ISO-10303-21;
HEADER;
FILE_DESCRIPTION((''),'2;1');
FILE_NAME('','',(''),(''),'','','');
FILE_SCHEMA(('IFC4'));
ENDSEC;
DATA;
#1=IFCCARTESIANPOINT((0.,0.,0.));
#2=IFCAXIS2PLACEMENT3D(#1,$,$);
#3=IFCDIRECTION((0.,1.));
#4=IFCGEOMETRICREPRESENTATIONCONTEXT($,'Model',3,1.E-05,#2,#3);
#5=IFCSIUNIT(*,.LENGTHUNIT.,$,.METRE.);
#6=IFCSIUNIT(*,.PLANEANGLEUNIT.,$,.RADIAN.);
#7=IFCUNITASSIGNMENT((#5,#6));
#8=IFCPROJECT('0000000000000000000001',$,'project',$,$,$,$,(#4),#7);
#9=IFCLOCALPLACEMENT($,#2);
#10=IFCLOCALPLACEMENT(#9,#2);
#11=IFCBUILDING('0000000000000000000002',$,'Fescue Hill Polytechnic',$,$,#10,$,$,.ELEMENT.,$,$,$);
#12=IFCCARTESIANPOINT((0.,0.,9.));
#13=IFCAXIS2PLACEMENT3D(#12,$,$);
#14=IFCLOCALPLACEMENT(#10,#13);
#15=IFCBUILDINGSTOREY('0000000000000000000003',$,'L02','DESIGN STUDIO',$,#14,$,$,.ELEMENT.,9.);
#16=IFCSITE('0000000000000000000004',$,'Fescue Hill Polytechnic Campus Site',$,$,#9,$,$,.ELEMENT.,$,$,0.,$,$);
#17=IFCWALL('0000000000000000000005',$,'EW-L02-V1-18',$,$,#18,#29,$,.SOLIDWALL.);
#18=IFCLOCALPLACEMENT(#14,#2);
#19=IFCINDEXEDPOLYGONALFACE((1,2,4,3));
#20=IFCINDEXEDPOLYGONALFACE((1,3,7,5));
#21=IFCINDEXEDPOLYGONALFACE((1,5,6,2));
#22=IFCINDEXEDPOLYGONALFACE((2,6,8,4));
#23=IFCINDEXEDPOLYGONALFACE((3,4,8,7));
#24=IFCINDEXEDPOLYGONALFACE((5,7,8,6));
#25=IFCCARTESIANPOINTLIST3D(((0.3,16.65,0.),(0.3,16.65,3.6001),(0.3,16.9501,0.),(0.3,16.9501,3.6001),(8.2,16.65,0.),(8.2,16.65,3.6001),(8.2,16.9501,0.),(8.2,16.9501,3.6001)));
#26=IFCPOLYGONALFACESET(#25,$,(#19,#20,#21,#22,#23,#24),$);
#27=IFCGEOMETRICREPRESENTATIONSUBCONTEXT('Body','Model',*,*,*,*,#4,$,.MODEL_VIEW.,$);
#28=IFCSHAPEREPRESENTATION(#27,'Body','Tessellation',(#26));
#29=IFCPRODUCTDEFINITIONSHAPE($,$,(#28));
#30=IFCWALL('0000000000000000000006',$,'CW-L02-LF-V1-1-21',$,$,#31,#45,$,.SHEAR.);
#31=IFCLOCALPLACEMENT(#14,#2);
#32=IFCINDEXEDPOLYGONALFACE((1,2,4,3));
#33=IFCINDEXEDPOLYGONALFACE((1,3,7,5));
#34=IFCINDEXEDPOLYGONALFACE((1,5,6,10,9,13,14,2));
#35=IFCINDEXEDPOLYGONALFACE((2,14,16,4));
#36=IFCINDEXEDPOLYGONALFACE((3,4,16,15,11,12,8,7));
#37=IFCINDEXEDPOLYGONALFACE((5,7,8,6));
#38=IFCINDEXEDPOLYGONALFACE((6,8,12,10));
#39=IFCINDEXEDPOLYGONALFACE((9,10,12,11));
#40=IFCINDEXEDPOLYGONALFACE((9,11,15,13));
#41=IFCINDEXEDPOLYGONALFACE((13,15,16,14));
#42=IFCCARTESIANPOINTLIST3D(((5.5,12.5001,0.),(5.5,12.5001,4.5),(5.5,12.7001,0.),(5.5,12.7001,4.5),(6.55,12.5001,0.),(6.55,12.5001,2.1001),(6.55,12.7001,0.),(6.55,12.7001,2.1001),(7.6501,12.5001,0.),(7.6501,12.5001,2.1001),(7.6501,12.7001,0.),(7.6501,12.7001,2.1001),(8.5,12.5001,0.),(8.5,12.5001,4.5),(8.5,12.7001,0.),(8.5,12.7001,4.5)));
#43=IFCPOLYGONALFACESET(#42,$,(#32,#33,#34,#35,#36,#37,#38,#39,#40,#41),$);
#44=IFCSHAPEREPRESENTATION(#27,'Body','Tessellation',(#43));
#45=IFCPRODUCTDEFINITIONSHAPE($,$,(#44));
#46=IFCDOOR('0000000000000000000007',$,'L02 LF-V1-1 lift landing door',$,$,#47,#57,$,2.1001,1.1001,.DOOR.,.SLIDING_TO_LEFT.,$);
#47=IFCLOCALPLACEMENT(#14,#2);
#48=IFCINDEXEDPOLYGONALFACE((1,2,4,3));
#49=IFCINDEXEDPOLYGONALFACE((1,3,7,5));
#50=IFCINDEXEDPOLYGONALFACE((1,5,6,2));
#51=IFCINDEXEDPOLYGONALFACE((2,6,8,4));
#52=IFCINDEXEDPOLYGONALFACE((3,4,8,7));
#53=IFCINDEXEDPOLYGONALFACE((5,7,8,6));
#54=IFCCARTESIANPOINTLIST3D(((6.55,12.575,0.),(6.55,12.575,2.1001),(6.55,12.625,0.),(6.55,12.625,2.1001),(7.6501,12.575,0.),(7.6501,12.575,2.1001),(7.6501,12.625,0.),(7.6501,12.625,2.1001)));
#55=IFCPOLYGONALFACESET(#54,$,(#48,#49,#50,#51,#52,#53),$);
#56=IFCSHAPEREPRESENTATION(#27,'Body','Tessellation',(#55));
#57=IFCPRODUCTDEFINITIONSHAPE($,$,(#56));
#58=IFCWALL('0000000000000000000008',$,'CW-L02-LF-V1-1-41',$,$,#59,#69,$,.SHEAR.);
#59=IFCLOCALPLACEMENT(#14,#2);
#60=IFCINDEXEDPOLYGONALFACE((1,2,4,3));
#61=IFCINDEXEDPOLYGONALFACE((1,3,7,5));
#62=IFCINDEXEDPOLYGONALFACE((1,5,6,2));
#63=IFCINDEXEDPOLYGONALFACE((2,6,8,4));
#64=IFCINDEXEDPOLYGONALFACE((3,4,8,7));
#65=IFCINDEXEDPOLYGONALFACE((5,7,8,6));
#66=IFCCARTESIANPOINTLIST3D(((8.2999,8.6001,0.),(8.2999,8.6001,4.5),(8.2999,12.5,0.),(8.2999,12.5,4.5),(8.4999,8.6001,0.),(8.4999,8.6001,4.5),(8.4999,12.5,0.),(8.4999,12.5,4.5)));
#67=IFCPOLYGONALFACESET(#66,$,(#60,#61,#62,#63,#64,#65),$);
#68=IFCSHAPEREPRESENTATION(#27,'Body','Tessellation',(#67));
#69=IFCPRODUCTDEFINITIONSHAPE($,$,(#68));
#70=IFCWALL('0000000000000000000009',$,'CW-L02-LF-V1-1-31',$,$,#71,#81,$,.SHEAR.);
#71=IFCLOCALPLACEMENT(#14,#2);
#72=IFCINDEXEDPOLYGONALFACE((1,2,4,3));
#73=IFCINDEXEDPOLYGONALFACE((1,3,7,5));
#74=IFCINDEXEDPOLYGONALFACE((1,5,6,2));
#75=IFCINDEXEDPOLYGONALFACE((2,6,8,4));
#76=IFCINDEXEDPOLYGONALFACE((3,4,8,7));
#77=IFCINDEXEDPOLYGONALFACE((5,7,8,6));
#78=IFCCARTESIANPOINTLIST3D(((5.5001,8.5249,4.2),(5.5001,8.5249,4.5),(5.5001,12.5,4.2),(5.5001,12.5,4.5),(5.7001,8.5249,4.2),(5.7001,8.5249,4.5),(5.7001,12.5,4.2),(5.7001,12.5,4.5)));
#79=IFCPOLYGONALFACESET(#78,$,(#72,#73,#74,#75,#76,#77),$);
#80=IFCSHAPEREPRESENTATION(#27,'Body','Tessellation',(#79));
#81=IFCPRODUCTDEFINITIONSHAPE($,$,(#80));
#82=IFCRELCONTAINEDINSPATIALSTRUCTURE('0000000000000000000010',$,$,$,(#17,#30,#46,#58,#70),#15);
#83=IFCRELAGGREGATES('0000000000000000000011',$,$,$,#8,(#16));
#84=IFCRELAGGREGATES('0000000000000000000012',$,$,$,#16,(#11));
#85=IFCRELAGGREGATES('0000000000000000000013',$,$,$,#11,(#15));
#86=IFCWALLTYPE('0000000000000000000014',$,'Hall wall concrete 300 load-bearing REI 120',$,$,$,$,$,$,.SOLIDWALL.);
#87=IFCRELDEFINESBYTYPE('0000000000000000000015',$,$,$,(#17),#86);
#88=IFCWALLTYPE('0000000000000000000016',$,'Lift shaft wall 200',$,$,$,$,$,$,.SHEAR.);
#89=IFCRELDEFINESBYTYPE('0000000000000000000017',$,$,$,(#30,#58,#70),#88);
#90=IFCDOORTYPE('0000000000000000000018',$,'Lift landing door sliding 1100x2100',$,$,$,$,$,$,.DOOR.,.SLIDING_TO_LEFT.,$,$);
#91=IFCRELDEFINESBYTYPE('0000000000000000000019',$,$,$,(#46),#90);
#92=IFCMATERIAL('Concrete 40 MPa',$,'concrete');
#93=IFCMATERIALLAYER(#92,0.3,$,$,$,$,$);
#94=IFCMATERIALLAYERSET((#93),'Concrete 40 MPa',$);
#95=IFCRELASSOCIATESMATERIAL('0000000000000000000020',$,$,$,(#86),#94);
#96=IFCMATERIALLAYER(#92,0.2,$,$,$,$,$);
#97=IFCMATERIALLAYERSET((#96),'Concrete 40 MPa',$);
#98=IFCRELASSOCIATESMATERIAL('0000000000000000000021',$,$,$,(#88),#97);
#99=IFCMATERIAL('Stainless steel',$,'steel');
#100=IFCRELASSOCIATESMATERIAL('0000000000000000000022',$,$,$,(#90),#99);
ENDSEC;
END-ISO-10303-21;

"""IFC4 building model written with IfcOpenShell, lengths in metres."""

from ifc_helpers import new_model, si_unit, direction, frame, frame_2d, origin, place, context, subcontext, project, spatial, rectangle, extrude, material, layer, layer_set, type_object, element, fill, save


model = new_model("IFC4")

# Units and contexts
model_context = context("Model", 3, precision=1e-05, world=origin(), true_north=direction((0.0, 1.0)))
body_context = subcontext(model_context, "Body", "Model", "MODEL_VIEW")
ifc_project = project(units=[si_unit("LENGTHUNIT", "METRE"), si_unit("PLANEANGLEUNIT", "RADIAN")], contexts=[model_context])

# Site, building, storey
site_placement = place(None, origin())
site = spatial("IfcSite", under=ifc_project, at=site_placement, Name="Fescue Hill Polytechnic Campus Site", CompositionType="ELEMENT", RefElevation=0.0)
building_placement = place(site_placement, origin())
building = spatial("IfcBuilding", under=site, at=building_placement, Name="Fescue Hill Polytechnic", CompositionType="ELEMENT")
storey_placement = place(building_placement, frame((0.0, 0.0, 9.0)))
storey = spatial("IfcBuildingStorey", under=building, at=storey_placement, Name="L02", Description="DESIGN STUDIO", CompositionType="ELEMENT", Elevation=9.0)

# Shared definitions
ifc_material_1 = material(Name="Concrete 40 MPa", Category="concrete")

# Wall
ifc_layer_1 = layer(ifc_material_1, 0.3)
ifc_layer_set_1 = layer_set([ifc_layer_1], Name="Concrete 40 MPa")
wall_type_1 = type_object("IfcWallType", Name="Hall wall concrete 300 load-bearing REI 120", PredefinedType="SOLIDWALL", material=ifc_layer_set_1)
wall_1_placement = place(storey_placement, frame((8.2, 16.8, 0.0), z_axis=(0.0, 0.0, 1.0), x_axis=(-1.0, 0.0, 0.0)))
element("IfcWall", 1, at=wall_1_placement, inside=storey, type_object=wall_type_1, Name="EW-L02-V1-18", PredefinedType="SOLIDWALL", context=body_context, shape_type="SweptSolid", body=[
    extrude(rectangle(XDim=7.8999, YDim=0.3, at=frame_2d((3.95, 0.0))), origin(), (0.0, 0.0, 1.0), 3.6001),
])

# Wall, opening, door
ifc_layer_2 = layer(ifc_material_1, 0.2)
ifc_layer_set_2 = layer_set([ifc_layer_2], Name="Concrete 40 MPa")
wall_type_2 = type_object("IfcWallType", Name="Lift shaft wall 200", PredefinedType="SHEAR", material=ifc_layer_set_2)
wall_2_placement = place(storey_placement, frame((5.5, 12.6001, 0.0), z_axis=(0.0, 0.0, 1.0), x_axis=(1.0, 0.0, 0.0)))
wall_2 = element("IfcWall", 2, at=wall_2_placement, inside=storey, type_object=wall_type_2, Name="CW-L02-LF-V1-1-21", PredefinedType="SHEAR", context=body_context, shape_type="SweptSolid", body=[
    extrude(rectangle(XDim=3.0, YDim=0.2, at=frame_2d((1.5, 0.0))), origin(), (0.0, 0.0, 1.0), 4.5),
])
opening_1_placement = place(wall_2_placement, frame((1.05, 0.0, 0.0)))
opening_1 = element("IfcOpeningElement", 3, at=opening_1_placement, cuts=wall_2, PredefinedType="OPENING", context=body_context, shape_type="SweptSolid", body=[
    extrude(rectangle(XDim=1.1001, YDim=2.1001, at=frame_2d((0.55, 1.05))), frame((0.0, 0.1099, 0.0), z_axis=(0.0, -1.0, 0.0), x_axis=(1.0, 0.0, 0.0)), (0.0, 0.0, 1.0), 0.22),
])
ifc_material_2 = material(Name="Stainless steel", Category="steel")
door_type_1 = type_object("IfcDoorType", Name="Lift landing door sliding 1100x2100", OperationType="SLIDING_TO_LEFT", PredefinedType="DOOR", material=ifc_material_2)
door_1_placement = place(opening_1_placement, origin())
door_1 = element("IfcDoor", 4, at=door_1_placement, inside=storey, type_object=door_type_1, Name="L02 LF-V1-1 lift landing door", OperationType="SLIDING_TO_LEFT", OverallHeight=2.1001, OverallWidth=1.1001, PredefinedType="DOOR", context=body_context, shape_type="SweptSolid", body=[
    extrude(rectangle(XDim=1.1001, YDim=2.1001, at=frame_2d((0.55, 1.05))), frame((0.0, 0.0249, 0.0), z_axis=(0.0, -1.0, 0.0), x_axis=(1.0, 0.0, 0.0)), (0.0, 0.0, 1.0), 0.05),
])
fill(opening_1, door_1)

# Walls
wall_3_placement = place(storey_placement, frame((8.3999, 8.6001, 0.0), z_axis=(0.0, 0.0, 1.0), x_axis=(0.0, 1.0, 0.0)))
element("IfcWall", 5, at=wall_3_placement, inside=storey, type_object=wall_type_2, Name="CW-L02-LF-V1-1-41", PredefinedType="SHEAR", context=body_context, shape_type="SweptSolid", body=[
    extrude(rectangle(XDim=3.8999, YDim=0.2, at=frame_2d((1.95, 0.0))), origin(), (0.0, 0.0, 1.0), 4.5),
])
wall_4_placement = place(storey_placement, frame((5.6001, 8.5249, 4.2), z_axis=(0.0, 0.0, 1.0), x_axis=(0.0, 1.0, 0.0)))
element("IfcWall", 6, at=wall_4_placement, inside=storey, type_object=wall_type_2, Name="CW-L02-LF-V1-1-31", PredefinedType="SHEAR", context=body_context, shape_type="SweptSolid", body=[
    extrude(rectangle(XDim=3.9751, YDim=0.2, at=frame_2d((1.9875, 0.0))), origin(), (0.0, 0.0, 1.0), 0.3),
])

save(model, "model.ifc")
